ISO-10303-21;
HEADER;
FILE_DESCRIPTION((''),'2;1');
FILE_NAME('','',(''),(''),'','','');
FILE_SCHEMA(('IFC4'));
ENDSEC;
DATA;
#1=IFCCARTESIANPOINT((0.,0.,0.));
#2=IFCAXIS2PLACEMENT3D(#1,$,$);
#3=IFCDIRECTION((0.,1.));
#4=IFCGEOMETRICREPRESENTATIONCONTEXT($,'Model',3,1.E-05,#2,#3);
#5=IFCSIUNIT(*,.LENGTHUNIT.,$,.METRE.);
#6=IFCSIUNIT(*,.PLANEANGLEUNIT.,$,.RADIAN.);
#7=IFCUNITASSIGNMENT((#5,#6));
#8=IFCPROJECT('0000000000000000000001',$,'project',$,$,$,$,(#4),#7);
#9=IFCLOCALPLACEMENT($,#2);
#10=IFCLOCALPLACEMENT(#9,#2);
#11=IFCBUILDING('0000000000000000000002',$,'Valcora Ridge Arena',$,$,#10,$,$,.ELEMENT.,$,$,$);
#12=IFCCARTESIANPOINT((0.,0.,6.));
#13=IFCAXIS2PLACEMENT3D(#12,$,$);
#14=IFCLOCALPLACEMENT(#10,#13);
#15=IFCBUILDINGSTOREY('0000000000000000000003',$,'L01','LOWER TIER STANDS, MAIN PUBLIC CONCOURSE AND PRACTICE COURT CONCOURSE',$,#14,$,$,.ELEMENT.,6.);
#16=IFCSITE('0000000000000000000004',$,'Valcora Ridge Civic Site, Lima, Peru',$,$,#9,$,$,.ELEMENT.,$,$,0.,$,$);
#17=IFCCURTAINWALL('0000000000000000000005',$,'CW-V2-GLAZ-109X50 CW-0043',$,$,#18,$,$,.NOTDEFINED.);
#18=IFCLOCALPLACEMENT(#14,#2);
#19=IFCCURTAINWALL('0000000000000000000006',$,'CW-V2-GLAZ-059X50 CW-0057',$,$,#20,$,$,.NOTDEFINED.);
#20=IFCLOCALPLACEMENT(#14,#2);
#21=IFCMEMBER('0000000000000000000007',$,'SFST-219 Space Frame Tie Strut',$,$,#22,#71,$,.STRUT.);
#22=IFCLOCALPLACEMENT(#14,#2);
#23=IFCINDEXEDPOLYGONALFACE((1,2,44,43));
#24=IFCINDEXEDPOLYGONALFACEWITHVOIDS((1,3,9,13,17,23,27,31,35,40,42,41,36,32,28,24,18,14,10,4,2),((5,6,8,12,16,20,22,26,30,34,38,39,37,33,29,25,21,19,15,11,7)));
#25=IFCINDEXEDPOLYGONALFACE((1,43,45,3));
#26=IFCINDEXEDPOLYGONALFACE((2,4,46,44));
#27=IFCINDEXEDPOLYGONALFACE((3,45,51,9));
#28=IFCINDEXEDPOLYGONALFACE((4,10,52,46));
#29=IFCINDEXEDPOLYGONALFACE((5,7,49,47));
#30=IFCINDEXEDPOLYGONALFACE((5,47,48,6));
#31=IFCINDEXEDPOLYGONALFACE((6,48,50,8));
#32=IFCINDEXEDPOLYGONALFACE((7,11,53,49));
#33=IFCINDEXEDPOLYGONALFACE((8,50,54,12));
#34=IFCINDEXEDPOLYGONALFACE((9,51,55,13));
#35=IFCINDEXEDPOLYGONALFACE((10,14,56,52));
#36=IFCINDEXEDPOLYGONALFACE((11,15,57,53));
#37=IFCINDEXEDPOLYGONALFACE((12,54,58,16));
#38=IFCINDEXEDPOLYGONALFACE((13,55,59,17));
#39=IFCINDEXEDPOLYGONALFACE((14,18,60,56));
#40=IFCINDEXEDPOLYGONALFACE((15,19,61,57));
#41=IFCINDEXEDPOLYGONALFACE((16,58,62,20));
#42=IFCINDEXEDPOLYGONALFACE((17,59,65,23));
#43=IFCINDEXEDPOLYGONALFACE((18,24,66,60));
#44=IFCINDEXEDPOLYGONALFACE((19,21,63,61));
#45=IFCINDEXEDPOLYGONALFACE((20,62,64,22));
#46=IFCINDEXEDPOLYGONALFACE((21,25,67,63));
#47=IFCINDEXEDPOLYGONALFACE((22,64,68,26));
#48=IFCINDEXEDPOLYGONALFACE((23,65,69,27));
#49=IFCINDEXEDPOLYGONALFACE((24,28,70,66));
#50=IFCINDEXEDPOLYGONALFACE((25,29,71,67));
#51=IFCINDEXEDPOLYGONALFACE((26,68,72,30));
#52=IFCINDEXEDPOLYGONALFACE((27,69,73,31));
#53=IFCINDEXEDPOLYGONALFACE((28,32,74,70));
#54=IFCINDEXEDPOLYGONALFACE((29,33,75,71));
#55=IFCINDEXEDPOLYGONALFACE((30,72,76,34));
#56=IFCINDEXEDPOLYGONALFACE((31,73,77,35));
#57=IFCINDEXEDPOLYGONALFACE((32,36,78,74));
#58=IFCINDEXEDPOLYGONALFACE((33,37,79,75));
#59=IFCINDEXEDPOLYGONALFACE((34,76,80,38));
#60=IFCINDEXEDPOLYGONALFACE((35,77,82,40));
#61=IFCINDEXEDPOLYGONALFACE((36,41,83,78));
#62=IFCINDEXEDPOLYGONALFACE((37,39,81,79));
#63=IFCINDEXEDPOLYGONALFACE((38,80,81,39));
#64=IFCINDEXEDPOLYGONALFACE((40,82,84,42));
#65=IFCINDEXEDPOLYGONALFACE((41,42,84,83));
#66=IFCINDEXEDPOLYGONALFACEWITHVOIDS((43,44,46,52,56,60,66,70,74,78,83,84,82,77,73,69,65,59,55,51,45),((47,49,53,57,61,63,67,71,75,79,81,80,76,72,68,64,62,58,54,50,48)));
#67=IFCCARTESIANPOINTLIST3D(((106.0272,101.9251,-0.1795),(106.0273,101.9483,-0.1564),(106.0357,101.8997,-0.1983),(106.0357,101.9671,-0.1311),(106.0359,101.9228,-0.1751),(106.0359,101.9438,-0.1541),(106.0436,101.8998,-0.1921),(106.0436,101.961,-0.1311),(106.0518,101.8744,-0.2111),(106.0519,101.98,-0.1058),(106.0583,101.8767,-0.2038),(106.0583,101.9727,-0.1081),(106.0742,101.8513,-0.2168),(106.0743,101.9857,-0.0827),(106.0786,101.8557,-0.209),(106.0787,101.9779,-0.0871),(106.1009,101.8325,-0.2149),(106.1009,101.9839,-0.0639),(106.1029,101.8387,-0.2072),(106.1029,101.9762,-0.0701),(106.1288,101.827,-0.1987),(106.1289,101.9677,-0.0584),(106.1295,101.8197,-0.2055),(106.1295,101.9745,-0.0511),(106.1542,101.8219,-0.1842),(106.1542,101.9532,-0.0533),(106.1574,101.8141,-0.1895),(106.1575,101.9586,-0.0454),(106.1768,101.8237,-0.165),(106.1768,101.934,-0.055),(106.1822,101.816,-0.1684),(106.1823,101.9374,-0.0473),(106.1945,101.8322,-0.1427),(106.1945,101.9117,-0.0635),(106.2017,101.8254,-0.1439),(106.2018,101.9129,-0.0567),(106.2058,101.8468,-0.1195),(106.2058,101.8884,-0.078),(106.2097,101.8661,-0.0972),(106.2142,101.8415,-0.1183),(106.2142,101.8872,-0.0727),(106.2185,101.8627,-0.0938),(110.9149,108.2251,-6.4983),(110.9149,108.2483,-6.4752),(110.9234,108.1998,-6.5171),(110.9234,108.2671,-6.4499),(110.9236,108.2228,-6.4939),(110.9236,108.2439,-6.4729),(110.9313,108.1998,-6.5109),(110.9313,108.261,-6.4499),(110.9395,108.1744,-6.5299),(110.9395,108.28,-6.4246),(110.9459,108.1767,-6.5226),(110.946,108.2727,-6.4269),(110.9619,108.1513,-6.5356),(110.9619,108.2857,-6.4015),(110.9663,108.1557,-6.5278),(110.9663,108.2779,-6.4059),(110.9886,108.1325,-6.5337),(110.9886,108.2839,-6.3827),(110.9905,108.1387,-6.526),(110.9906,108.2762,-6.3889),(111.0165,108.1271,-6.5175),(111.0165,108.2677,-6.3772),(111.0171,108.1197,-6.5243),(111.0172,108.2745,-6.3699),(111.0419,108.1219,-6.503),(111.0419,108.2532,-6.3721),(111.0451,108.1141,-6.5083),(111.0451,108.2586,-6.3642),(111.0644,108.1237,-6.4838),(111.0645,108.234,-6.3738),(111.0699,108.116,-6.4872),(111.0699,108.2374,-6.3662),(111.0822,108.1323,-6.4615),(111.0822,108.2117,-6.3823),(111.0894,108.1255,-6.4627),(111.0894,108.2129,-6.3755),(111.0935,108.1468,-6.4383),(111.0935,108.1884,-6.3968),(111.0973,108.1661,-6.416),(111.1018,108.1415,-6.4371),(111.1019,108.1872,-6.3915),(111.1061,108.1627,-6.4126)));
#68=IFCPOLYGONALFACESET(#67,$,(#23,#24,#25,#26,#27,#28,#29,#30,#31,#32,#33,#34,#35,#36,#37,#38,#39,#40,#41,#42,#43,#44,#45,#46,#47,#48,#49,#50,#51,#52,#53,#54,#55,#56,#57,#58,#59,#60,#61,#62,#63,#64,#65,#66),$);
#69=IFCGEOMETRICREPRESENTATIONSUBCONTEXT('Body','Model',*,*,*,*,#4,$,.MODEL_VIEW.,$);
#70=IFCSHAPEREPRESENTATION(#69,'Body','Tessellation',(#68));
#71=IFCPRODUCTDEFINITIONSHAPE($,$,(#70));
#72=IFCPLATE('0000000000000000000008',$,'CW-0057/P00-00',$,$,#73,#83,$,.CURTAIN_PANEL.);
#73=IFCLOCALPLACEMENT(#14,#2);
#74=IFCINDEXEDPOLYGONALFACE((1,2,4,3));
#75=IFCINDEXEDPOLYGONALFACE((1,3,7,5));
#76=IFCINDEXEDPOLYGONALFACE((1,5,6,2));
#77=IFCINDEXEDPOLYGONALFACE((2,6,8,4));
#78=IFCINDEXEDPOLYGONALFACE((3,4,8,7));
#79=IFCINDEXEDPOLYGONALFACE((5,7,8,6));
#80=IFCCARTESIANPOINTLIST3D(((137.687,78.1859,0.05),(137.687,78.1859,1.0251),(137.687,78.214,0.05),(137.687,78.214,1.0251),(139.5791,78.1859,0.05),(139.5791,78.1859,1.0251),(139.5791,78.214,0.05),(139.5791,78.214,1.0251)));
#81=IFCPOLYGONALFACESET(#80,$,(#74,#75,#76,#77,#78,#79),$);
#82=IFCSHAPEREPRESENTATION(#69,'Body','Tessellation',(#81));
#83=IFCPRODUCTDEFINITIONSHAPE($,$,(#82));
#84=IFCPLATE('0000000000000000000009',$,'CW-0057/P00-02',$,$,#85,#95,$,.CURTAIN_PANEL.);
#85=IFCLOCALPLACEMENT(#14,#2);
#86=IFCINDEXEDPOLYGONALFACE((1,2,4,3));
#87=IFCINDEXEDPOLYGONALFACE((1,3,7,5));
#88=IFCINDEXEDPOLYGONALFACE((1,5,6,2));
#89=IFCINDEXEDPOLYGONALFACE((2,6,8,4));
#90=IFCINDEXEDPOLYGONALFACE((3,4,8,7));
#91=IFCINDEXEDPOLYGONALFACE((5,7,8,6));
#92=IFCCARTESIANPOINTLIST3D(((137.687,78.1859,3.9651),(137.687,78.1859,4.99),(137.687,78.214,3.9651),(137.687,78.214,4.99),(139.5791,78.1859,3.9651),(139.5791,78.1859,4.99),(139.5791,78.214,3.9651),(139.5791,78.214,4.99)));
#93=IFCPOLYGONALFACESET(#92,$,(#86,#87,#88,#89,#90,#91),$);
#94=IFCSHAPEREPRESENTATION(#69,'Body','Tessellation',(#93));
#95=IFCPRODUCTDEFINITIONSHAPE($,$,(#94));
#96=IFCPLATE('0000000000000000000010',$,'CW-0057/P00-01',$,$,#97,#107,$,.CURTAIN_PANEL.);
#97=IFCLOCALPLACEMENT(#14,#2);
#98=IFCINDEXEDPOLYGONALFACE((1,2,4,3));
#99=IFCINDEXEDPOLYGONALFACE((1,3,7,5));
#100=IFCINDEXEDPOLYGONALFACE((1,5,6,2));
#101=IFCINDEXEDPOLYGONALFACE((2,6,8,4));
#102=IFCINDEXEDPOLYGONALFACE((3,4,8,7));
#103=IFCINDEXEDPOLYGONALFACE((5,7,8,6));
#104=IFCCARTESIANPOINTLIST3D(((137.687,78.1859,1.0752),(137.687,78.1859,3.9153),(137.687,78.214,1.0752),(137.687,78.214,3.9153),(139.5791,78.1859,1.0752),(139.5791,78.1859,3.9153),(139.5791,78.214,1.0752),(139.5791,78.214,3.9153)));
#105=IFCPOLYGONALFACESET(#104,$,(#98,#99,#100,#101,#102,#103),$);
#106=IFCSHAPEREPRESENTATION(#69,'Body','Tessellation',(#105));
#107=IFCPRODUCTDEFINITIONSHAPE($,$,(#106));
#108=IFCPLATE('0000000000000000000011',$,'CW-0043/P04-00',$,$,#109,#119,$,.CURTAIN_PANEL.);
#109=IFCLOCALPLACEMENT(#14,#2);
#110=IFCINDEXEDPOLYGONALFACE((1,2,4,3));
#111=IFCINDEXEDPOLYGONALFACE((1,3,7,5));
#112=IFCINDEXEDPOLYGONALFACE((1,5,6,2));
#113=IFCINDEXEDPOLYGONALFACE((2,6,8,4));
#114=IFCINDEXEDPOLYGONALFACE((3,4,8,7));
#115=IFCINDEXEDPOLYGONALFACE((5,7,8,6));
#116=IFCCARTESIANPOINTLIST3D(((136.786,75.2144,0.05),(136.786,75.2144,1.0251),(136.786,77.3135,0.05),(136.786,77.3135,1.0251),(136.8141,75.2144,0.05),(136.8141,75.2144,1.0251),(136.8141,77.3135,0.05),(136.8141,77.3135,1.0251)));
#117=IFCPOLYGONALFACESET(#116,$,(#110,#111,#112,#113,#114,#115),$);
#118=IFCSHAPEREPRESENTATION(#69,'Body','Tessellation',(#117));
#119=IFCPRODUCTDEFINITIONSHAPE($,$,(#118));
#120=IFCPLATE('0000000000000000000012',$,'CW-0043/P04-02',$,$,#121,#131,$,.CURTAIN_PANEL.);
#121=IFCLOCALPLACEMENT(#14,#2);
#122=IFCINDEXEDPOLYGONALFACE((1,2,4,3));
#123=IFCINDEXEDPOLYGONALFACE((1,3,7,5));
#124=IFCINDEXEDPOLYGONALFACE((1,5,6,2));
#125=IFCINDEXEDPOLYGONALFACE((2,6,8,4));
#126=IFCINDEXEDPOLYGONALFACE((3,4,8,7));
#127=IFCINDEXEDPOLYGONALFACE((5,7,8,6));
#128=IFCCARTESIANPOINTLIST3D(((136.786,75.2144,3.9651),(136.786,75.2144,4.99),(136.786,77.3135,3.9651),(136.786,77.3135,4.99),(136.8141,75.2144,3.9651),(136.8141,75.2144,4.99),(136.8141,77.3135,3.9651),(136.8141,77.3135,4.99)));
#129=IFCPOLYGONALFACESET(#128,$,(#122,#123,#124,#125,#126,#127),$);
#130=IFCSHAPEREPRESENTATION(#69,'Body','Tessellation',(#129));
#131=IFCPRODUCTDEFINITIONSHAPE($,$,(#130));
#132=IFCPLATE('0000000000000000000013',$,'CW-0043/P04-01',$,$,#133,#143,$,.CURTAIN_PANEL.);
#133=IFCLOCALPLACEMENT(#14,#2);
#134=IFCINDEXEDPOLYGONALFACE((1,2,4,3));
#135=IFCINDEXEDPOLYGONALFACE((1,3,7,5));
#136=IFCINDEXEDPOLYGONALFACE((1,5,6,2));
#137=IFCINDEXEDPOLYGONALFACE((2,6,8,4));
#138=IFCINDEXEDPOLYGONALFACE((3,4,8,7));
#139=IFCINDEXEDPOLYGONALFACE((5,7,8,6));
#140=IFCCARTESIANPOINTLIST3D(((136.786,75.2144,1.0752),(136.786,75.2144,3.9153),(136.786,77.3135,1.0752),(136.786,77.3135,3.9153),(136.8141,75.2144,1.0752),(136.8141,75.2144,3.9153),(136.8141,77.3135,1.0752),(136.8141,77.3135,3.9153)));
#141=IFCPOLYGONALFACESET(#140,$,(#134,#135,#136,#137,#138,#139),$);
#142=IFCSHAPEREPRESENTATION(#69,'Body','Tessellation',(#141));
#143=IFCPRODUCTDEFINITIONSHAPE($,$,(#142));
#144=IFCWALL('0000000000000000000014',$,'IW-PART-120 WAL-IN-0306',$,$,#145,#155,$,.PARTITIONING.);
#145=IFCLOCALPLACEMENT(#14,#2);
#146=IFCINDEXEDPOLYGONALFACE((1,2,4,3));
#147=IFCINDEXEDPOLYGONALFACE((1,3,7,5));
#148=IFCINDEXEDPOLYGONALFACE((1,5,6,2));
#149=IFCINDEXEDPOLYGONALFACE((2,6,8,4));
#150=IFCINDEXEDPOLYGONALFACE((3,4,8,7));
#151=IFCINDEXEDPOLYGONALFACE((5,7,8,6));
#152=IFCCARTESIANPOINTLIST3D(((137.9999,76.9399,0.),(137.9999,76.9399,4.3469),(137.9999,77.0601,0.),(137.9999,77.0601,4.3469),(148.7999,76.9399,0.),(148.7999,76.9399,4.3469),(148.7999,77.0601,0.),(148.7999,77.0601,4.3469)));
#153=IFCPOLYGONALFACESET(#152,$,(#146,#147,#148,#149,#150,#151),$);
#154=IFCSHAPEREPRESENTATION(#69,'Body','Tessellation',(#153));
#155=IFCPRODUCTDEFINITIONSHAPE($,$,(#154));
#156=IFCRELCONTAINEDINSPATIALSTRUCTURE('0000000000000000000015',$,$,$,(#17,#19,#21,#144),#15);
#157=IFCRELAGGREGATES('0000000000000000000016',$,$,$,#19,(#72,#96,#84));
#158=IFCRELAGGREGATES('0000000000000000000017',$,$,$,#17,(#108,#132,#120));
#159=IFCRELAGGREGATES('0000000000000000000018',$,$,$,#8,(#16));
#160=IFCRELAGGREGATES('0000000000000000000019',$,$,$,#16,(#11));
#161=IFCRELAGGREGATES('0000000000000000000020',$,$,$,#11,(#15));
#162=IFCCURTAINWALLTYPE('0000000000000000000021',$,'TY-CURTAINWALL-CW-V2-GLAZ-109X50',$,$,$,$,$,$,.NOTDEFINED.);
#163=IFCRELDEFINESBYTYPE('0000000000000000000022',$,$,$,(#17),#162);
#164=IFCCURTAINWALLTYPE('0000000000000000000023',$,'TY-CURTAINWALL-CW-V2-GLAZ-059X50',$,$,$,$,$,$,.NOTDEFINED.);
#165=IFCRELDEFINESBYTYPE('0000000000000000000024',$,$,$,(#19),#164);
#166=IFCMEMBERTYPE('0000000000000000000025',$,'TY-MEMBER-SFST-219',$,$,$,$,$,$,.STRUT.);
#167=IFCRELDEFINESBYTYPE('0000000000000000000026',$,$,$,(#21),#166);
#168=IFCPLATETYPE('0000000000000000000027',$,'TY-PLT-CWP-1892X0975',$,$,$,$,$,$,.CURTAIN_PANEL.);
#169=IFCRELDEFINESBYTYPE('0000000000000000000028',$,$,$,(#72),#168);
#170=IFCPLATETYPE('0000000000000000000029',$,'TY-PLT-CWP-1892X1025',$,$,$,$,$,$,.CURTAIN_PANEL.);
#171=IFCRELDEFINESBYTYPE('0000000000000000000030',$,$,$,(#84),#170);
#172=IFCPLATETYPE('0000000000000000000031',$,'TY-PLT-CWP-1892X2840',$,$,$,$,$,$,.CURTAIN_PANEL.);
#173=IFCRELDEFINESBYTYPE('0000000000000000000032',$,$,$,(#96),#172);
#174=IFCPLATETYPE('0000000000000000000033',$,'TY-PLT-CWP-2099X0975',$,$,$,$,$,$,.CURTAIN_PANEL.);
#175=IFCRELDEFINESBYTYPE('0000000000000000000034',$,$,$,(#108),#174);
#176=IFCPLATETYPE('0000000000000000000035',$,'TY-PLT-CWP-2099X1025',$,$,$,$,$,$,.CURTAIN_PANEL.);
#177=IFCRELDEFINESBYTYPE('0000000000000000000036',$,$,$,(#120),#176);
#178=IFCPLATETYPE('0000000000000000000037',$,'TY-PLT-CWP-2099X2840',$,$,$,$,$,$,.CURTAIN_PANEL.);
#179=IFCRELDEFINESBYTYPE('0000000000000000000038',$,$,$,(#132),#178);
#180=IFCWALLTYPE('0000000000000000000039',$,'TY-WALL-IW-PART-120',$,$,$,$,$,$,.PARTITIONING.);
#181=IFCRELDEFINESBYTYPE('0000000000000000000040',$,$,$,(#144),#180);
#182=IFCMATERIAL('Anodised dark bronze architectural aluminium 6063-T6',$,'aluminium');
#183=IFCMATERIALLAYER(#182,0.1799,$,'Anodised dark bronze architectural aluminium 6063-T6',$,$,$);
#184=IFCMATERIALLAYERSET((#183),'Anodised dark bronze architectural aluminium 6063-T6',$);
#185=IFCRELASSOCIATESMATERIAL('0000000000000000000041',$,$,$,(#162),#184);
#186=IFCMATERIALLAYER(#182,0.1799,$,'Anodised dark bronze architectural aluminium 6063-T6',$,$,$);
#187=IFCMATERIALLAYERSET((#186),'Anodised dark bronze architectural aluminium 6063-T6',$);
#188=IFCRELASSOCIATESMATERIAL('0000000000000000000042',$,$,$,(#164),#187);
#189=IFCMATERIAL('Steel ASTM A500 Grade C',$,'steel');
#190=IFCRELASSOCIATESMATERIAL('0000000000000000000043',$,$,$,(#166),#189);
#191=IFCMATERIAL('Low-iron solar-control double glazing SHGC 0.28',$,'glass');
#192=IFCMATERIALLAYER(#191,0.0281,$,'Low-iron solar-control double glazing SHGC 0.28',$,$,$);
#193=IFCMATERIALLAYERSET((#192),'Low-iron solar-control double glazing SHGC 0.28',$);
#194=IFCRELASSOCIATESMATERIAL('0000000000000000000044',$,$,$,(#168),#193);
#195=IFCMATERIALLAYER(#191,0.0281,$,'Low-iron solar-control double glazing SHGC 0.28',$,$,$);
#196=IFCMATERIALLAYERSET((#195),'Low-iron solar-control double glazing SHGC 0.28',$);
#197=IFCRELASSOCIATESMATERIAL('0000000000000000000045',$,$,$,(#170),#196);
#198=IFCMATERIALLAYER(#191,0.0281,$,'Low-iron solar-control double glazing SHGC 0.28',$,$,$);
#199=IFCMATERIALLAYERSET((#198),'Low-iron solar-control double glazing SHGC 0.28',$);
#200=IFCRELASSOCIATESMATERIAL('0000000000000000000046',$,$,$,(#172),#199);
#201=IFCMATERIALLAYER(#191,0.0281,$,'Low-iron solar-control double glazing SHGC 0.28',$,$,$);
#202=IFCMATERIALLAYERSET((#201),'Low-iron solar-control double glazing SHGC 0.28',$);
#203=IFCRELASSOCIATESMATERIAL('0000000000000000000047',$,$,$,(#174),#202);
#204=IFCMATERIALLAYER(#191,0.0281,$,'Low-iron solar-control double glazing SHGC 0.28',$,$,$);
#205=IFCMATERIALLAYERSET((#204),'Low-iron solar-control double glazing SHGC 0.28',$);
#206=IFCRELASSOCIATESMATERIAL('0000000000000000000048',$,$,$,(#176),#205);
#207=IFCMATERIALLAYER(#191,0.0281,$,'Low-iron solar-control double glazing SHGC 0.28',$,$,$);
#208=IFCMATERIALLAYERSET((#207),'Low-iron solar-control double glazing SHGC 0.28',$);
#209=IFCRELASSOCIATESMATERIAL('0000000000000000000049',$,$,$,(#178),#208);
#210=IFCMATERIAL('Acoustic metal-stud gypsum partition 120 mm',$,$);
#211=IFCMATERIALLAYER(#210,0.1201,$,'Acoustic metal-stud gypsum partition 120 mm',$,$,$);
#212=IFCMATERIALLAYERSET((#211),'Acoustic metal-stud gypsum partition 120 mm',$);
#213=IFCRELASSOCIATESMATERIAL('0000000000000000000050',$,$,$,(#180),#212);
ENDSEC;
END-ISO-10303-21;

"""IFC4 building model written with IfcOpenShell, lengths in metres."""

from ifc_helpers import new_model, si_unit, direction, frame, frame_2d, origin, origin_2d, place, context, subcontext, project, spatial, rectangle, hollow_circle, extrude, material, layer, layer_set, material_profile, profile_set, type_object, element, aggregate, save


model = new_model("IFC4")

# Units and contexts
model_context = context("Model", 3, precision=1e-05, world=origin(), true_north=direction((0.0, 1.0)))
body_context = subcontext(model_context, "Body", "Model", "MODEL_VIEW")
ifc_project = project(units=[si_unit("LENGTHUNIT", "METRE"), si_unit("PLANEANGLEUNIT", "RADIAN")], contexts=[model_context])

# Site, building, storey
site_placement = place(None, origin())
site = spatial("IfcSite", under=ifc_project, at=site_placement, Name="Valcora Ridge Civic Site, Lima, Peru", CompositionType="ELEMENT", RefElevation=0.0)
building_placement = place(site_placement, origin())
building = spatial("IfcBuilding", under=site, at=building_placement, Name="Valcora Ridge Arena", CompositionType="ELEMENT")
storey_placement = place(building_placement, frame((0.0, 0.0, 6.0)))
storey = spatial("IfcBuildingStorey", under=building, at=storey_placement, Name="L01", Description="LOWER TIER STANDS, MAIN PUBLIC CONCOURSE AND PRACTICE COURT CONCOURSE", CompositionType="ELEMENT", Elevation=6.0)

# Shared definitions
ifc_material_1 = material(Name="Steel ASTM A500 Grade C", Category="steel")

# Curtain wall
ifc_material_2 = material(Name="Anodised dark bronze architectural aluminium 6063-T6", Category="aluminium")
ifc_layer_1 = layer(ifc_material_2, 0.1799, Name="Anodised dark bronze architectural aluminium 6063-T6")
ifc_layer_set_1 = layer_set([ifc_layer_1], Name="Anodised dark bronze architectural aluminium 6063-T6")
curtain_wall_type_1 = type_object("IfcCurtainWallType", Name="TY-CURTAINWALL-CW-V2-GLAZ-109X50", PredefinedType="NOTDEFINED", material=ifc_layer_set_1)
curtain_wall_1_placement = place(storey_placement, origin())
curtain_wall_1 = element("IfcCurtainWall", 1, at=curtain_wall_1_placement, inside=storey, type_object=curtain_wall_type_1, Name="CW-V2-GLAZ-109X50 CW-0043", PredefinedType="NOTDEFINED")

# Curtain wall
ifc_layer_2 = layer(ifc_material_2, 0.1799, Name="Anodised dark bronze architectural aluminium 6063-T6")
ifc_layer_set_2 = layer_set([ifc_layer_2], Name="Anodised dark bronze architectural aluminium 6063-T6")
curtain_wall_type_2 = type_object("IfcCurtainWallType", Name="TY-CURTAINWALL-CW-V2-GLAZ-059X50", PredefinedType="NOTDEFINED", material=ifc_layer_set_2)
curtain_wall_2_placement = place(storey_placement, origin())
curtain_wall_2 = element("IfcCurtainWall", 2, at=curtain_wall_2_placement, inside=storey, type_object=curtain_wall_type_2, Name="CW-V2-GLAZ-059X50 CW-0057", PredefinedType="NOTDEFINED")

# Member
ifc_material_profile_1 = material_profile(ifc_material_1, hollow_circle(Radius=0.1096, WallThickness=0.01, at=origin_2d()), Name="CHS219X10")
ifc_profile_set_1 = profile_set([ifc_material_profile_1], Name="Steel ASTM A500 Grade C")
member_type_1 = type_object("IfcMemberType", Name="TY-MEMBER-SFST-219", PredefinedType="STRUT", material=ifc_profile_set_1)
member_1_placement = place(storey_placement, frame((106.1223, 101.8999, -0.1311), z_axis=(0.480416, 0.619237, -0.621085), x_axis=(-0.790102, 0.612976, 0.0)))
element("IfcMember", 3, at=member_1_placement, inside=storey, type_object=member_type_1, Name="SFST-219 Space Frame Tie Strut", PredefinedType="STRUT", context=body_context, shape_type="SweptSolid", body=[
    extrude(hollow_circle(Radius=0.1096, WallThickness=0.01, at=origin_2d()), origin(), (0.0, 0.0, 1.0), 10.1738),
])

# Plates
ifc_material_3 = material(Name="Low-iron solar-control double glazing SHGC 0.28", Category="glass")
ifc_layer_3 = layer(ifc_material_3, 0.0281, Name="Low-iron solar-control double glazing SHGC 0.28")
ifc_layer_set_3 = layer_set([ifc_layer_3], Name="Low-iron solar-control double glazing SHGC 0.28")
plate_type_1 = type_object("IfcPlateType", Name="TY-PLT-CWP-1892X0975", PredefinedType="CURTAIN_PANEL", material=ifc_layer_set_3)
plate_1_placement = place(storey_placement, frame((138.6331, 78.2, 0.05), z_axis=(0.0, 0.0, 1.0), x_axis=(1.0, 0.0, 0.0)))
plate_1 = element("IfcPlate", 4, at=plate_1_placement, type_object=plate_type_1, Name="CW-0057/P00-00", PredefinedType="CURTAIN_PANEL", context=body_context, shape_type="SweptSolid", body=[
    extrude(rectangle(XDim=1.8921, YDim=0.0281, at=origin_2d()), origin(), (0.0, 0.0, 1.0), 0.9751),
])
ifc_layer_4 = layer(ifc_material_3, 0.0281, Name="Low-iron solar-control double glazing SHGC 0.28")
ifc_layer_set_4 = layer_set([ifc_layer_4], Name="Low-iron solar-control double glazing SHGC 0.28")
plate_type_2 = type_object("IfcPlateType", Name="TY-PLT-CWP-1892X1025", PredefinedType="CURTAIN_PANEL", material=ifc_layer_set_4)
plate_2_placement = place(storey_placement, frame((138.6331, 78.2, 3.9651), z_axis=(0.0, 0.0, 1.0), x_axis=(1.0, 0.0, 0.0)))
plate_2 = element("IfcPlate", 5, at=plate_2_placement, type_object=plate_type_2, Name="CW-0057/P00-02", PredefinedType="CURTAIN_PANEL", context=body_context, shape_type="SweptSolid", body=[
    extrude(rectangle(XDim=1.8921, YDim=0.0281, at=origin_2d()), origin(), (0.0, 0.0, 1.0), 1.0249),
])
ifc_layer_5 = layer(ifc_material_3, 0.0281, Name="Low-iron solar-control double glazing SHGC 0.28")
ifc_layer_set_5 = layer_set([ifc_layer_5], Name="Low-iron solar-control double glazing SHGC 0.28")
plate_type_3 = type_object("IfcPlateType", Name="TY-PLT-CWP-1892X2840", PredefinedType="CURTAIN_PANEL", material=ifc_layer_set_5)
plate_3_placement = place(storey_placement, frame((138.6331, 78.2, 1.0752), z_axis=(0.0, 0.0, 1.0), x_axis=(1.0, 0.0, 0.0)))
plate_3 = element("IfcPlate", 6, at=plate_3_placement, type_object=plate_type_3, Name="CW-0057/P00-01", PredefinedType="CURTAIN_PANEL", context=body_context, shape_type="SweptSolid", body=[
    extrude(rectangle(XDim=1.8921, YDim=0.0281, at=origin_2d()), origin(), (0.0, 0.0, 1.0), 2.8401),
])
aggregate(curtain_wall_2, [plate_1, plate_3, plate_2])
ifc_layer_6 = layer(ifc_material_3, 0.0281, Name="Low-iron solar-control double glazing SHGC 0.28")
ifc_layer_set_6 = layer_set([ifc_layer_6], Name="Low-iron solar-control double glazing SHGC 0.28")
plate_type_4 = type_object("IfcPlateType", Name="TY-PLT-CWP-2099X0975", PredefinedType="CURTAIN_PANEL", material=ifc_layer_set_6)
plate_4_placement = place(storey_placement, frame((136.8, 76.2639, 0.05), z_axis=(0.0, 0.0, 1.0), x_axis=(0.0, 1.0, 0.0)))
plate_4 = element("IfcPlate", 7, at=plate_4_placement, type_object=plate_type_4, Name="CW-0043/P04-00", PredefinedType="CURTAIN_PANEL", context=body_context, shape_type="SweptSolid", body=[
    extrude(rectangle(XDim=2.0991, YDim=0.0281, at=origin_2d()), origin(), (0.0, 0.0, 1.0), 0.9751),
])
ifc_layer_7 = layer(ifc_material_3, 0.0281, Name="Low-iron solar-control double glazing SHGC 0.28")
ifc_layer_set_7 = layer_set([ifc_layer_7], Name="Low-iron solar-control double glazing SHGC 0.28")
plate_type_5 = type_object("IfcPlateType", Name="TY-PLT-CWP-2099X1025", PredefinedType="CURTAIN_PANEL", material=ifc_layer_set_7)
plate_5_placement = place(storey_placement, frame((136.8, 76.2639, 3.9651), z_axis=(0.0, 0.0, 1.0), x_axis=(0.0, 1.0, 0.0)))
plate_5 = element("IfcPlate", 8, at=plate_5_placement, type_object=plate_type_5, Name="CW-0043/P04-02", PredefinedType="CURTAIN_PANEL", context=body_context, shape_type="SweptSolid", body=[
    extrude(rectangle(XDim=2.0991, YDim=0.0281, at=origin_2d()), origin(), (0.0, 0.0, 1.0), 1.0249),
])
ifc_layer_8 = layer(ifc_material_3, 0.0281, Name="Low-iron solar-control double glazing SHGC 0.28")
ifc_layer_set_8 = layer_set([ifc_layer_8], Name="Low-iron solar-control double glazing SHGC 0.28")
plate_type_6 = type_object("IfcPlateType", Name="TY-PLT-CWP-2099X2840", PredefinedType="CURTAIN_PANEL", material=ifc_layer_set_8)
plate_6_placement = place(storey_placement, frame((136.8, 76.2639, 1.0752), z_axis=(0.0, 0.0, 1.0), x_axis=(0.0, 1.0, 0.0)))
plate_6 = element("IfcPlate", 9, at=plate_6_placement, type_object=plate_type_6, Name="CW-0043/P04-01", PredefinedType="CURTAIN_PANEL", context=body_context, shape_type="SweptSolid", body=[
    extrude(rectangle(XDim=2.0991, YDim=0.0281, at=origin_2d()), origin(), (0.0, 0.0, 1.0), 2.8401),
])
aggregate(curtain_wall_1, [plate_4, plate_6, plate_5])

# Wall
ifc_material_4 = material(Name="Acoustic metal-stud gypsum partition 120 mm")
ifc_layer_9 = layer(ifc_material_4, 0.1201, Name="Acoustic metal-stud gypsum partition 120 mm")
ifc_layer_set_9 = layer_set([ifc_layer_9], Name="Acoustic metal-stud gypsum partition 120 mm")
wall_type = type_object("IfcWallType", Name="TY-WALL-IW-PART-120", PredefinedType="PARTITIONING", material=ifc_layer_set_9)
wall_placement = place(storey_placement, frame((138.0, 77.0, 0.0), z_axis=(0.0, 0.0, 1.0), x_axis=(1.0, 0.0, 0.0)))
element("IfcWall", 10, at=wall_placement, inside=storey, type_object=wall_type, Name="IW-PART-120 WAL-IN-0306", PredefinedType="PARTITIONING", context=body_context, shape_type="SweptSolid", body=[
    extrude(rectangle(XDim=10.8, YDim=0.1201, at=frame_2d((5.3999, 0.0))), origin(), (0.0, 0.0, 1.0), 4.3469),
])

save(model, "model.ifc")
